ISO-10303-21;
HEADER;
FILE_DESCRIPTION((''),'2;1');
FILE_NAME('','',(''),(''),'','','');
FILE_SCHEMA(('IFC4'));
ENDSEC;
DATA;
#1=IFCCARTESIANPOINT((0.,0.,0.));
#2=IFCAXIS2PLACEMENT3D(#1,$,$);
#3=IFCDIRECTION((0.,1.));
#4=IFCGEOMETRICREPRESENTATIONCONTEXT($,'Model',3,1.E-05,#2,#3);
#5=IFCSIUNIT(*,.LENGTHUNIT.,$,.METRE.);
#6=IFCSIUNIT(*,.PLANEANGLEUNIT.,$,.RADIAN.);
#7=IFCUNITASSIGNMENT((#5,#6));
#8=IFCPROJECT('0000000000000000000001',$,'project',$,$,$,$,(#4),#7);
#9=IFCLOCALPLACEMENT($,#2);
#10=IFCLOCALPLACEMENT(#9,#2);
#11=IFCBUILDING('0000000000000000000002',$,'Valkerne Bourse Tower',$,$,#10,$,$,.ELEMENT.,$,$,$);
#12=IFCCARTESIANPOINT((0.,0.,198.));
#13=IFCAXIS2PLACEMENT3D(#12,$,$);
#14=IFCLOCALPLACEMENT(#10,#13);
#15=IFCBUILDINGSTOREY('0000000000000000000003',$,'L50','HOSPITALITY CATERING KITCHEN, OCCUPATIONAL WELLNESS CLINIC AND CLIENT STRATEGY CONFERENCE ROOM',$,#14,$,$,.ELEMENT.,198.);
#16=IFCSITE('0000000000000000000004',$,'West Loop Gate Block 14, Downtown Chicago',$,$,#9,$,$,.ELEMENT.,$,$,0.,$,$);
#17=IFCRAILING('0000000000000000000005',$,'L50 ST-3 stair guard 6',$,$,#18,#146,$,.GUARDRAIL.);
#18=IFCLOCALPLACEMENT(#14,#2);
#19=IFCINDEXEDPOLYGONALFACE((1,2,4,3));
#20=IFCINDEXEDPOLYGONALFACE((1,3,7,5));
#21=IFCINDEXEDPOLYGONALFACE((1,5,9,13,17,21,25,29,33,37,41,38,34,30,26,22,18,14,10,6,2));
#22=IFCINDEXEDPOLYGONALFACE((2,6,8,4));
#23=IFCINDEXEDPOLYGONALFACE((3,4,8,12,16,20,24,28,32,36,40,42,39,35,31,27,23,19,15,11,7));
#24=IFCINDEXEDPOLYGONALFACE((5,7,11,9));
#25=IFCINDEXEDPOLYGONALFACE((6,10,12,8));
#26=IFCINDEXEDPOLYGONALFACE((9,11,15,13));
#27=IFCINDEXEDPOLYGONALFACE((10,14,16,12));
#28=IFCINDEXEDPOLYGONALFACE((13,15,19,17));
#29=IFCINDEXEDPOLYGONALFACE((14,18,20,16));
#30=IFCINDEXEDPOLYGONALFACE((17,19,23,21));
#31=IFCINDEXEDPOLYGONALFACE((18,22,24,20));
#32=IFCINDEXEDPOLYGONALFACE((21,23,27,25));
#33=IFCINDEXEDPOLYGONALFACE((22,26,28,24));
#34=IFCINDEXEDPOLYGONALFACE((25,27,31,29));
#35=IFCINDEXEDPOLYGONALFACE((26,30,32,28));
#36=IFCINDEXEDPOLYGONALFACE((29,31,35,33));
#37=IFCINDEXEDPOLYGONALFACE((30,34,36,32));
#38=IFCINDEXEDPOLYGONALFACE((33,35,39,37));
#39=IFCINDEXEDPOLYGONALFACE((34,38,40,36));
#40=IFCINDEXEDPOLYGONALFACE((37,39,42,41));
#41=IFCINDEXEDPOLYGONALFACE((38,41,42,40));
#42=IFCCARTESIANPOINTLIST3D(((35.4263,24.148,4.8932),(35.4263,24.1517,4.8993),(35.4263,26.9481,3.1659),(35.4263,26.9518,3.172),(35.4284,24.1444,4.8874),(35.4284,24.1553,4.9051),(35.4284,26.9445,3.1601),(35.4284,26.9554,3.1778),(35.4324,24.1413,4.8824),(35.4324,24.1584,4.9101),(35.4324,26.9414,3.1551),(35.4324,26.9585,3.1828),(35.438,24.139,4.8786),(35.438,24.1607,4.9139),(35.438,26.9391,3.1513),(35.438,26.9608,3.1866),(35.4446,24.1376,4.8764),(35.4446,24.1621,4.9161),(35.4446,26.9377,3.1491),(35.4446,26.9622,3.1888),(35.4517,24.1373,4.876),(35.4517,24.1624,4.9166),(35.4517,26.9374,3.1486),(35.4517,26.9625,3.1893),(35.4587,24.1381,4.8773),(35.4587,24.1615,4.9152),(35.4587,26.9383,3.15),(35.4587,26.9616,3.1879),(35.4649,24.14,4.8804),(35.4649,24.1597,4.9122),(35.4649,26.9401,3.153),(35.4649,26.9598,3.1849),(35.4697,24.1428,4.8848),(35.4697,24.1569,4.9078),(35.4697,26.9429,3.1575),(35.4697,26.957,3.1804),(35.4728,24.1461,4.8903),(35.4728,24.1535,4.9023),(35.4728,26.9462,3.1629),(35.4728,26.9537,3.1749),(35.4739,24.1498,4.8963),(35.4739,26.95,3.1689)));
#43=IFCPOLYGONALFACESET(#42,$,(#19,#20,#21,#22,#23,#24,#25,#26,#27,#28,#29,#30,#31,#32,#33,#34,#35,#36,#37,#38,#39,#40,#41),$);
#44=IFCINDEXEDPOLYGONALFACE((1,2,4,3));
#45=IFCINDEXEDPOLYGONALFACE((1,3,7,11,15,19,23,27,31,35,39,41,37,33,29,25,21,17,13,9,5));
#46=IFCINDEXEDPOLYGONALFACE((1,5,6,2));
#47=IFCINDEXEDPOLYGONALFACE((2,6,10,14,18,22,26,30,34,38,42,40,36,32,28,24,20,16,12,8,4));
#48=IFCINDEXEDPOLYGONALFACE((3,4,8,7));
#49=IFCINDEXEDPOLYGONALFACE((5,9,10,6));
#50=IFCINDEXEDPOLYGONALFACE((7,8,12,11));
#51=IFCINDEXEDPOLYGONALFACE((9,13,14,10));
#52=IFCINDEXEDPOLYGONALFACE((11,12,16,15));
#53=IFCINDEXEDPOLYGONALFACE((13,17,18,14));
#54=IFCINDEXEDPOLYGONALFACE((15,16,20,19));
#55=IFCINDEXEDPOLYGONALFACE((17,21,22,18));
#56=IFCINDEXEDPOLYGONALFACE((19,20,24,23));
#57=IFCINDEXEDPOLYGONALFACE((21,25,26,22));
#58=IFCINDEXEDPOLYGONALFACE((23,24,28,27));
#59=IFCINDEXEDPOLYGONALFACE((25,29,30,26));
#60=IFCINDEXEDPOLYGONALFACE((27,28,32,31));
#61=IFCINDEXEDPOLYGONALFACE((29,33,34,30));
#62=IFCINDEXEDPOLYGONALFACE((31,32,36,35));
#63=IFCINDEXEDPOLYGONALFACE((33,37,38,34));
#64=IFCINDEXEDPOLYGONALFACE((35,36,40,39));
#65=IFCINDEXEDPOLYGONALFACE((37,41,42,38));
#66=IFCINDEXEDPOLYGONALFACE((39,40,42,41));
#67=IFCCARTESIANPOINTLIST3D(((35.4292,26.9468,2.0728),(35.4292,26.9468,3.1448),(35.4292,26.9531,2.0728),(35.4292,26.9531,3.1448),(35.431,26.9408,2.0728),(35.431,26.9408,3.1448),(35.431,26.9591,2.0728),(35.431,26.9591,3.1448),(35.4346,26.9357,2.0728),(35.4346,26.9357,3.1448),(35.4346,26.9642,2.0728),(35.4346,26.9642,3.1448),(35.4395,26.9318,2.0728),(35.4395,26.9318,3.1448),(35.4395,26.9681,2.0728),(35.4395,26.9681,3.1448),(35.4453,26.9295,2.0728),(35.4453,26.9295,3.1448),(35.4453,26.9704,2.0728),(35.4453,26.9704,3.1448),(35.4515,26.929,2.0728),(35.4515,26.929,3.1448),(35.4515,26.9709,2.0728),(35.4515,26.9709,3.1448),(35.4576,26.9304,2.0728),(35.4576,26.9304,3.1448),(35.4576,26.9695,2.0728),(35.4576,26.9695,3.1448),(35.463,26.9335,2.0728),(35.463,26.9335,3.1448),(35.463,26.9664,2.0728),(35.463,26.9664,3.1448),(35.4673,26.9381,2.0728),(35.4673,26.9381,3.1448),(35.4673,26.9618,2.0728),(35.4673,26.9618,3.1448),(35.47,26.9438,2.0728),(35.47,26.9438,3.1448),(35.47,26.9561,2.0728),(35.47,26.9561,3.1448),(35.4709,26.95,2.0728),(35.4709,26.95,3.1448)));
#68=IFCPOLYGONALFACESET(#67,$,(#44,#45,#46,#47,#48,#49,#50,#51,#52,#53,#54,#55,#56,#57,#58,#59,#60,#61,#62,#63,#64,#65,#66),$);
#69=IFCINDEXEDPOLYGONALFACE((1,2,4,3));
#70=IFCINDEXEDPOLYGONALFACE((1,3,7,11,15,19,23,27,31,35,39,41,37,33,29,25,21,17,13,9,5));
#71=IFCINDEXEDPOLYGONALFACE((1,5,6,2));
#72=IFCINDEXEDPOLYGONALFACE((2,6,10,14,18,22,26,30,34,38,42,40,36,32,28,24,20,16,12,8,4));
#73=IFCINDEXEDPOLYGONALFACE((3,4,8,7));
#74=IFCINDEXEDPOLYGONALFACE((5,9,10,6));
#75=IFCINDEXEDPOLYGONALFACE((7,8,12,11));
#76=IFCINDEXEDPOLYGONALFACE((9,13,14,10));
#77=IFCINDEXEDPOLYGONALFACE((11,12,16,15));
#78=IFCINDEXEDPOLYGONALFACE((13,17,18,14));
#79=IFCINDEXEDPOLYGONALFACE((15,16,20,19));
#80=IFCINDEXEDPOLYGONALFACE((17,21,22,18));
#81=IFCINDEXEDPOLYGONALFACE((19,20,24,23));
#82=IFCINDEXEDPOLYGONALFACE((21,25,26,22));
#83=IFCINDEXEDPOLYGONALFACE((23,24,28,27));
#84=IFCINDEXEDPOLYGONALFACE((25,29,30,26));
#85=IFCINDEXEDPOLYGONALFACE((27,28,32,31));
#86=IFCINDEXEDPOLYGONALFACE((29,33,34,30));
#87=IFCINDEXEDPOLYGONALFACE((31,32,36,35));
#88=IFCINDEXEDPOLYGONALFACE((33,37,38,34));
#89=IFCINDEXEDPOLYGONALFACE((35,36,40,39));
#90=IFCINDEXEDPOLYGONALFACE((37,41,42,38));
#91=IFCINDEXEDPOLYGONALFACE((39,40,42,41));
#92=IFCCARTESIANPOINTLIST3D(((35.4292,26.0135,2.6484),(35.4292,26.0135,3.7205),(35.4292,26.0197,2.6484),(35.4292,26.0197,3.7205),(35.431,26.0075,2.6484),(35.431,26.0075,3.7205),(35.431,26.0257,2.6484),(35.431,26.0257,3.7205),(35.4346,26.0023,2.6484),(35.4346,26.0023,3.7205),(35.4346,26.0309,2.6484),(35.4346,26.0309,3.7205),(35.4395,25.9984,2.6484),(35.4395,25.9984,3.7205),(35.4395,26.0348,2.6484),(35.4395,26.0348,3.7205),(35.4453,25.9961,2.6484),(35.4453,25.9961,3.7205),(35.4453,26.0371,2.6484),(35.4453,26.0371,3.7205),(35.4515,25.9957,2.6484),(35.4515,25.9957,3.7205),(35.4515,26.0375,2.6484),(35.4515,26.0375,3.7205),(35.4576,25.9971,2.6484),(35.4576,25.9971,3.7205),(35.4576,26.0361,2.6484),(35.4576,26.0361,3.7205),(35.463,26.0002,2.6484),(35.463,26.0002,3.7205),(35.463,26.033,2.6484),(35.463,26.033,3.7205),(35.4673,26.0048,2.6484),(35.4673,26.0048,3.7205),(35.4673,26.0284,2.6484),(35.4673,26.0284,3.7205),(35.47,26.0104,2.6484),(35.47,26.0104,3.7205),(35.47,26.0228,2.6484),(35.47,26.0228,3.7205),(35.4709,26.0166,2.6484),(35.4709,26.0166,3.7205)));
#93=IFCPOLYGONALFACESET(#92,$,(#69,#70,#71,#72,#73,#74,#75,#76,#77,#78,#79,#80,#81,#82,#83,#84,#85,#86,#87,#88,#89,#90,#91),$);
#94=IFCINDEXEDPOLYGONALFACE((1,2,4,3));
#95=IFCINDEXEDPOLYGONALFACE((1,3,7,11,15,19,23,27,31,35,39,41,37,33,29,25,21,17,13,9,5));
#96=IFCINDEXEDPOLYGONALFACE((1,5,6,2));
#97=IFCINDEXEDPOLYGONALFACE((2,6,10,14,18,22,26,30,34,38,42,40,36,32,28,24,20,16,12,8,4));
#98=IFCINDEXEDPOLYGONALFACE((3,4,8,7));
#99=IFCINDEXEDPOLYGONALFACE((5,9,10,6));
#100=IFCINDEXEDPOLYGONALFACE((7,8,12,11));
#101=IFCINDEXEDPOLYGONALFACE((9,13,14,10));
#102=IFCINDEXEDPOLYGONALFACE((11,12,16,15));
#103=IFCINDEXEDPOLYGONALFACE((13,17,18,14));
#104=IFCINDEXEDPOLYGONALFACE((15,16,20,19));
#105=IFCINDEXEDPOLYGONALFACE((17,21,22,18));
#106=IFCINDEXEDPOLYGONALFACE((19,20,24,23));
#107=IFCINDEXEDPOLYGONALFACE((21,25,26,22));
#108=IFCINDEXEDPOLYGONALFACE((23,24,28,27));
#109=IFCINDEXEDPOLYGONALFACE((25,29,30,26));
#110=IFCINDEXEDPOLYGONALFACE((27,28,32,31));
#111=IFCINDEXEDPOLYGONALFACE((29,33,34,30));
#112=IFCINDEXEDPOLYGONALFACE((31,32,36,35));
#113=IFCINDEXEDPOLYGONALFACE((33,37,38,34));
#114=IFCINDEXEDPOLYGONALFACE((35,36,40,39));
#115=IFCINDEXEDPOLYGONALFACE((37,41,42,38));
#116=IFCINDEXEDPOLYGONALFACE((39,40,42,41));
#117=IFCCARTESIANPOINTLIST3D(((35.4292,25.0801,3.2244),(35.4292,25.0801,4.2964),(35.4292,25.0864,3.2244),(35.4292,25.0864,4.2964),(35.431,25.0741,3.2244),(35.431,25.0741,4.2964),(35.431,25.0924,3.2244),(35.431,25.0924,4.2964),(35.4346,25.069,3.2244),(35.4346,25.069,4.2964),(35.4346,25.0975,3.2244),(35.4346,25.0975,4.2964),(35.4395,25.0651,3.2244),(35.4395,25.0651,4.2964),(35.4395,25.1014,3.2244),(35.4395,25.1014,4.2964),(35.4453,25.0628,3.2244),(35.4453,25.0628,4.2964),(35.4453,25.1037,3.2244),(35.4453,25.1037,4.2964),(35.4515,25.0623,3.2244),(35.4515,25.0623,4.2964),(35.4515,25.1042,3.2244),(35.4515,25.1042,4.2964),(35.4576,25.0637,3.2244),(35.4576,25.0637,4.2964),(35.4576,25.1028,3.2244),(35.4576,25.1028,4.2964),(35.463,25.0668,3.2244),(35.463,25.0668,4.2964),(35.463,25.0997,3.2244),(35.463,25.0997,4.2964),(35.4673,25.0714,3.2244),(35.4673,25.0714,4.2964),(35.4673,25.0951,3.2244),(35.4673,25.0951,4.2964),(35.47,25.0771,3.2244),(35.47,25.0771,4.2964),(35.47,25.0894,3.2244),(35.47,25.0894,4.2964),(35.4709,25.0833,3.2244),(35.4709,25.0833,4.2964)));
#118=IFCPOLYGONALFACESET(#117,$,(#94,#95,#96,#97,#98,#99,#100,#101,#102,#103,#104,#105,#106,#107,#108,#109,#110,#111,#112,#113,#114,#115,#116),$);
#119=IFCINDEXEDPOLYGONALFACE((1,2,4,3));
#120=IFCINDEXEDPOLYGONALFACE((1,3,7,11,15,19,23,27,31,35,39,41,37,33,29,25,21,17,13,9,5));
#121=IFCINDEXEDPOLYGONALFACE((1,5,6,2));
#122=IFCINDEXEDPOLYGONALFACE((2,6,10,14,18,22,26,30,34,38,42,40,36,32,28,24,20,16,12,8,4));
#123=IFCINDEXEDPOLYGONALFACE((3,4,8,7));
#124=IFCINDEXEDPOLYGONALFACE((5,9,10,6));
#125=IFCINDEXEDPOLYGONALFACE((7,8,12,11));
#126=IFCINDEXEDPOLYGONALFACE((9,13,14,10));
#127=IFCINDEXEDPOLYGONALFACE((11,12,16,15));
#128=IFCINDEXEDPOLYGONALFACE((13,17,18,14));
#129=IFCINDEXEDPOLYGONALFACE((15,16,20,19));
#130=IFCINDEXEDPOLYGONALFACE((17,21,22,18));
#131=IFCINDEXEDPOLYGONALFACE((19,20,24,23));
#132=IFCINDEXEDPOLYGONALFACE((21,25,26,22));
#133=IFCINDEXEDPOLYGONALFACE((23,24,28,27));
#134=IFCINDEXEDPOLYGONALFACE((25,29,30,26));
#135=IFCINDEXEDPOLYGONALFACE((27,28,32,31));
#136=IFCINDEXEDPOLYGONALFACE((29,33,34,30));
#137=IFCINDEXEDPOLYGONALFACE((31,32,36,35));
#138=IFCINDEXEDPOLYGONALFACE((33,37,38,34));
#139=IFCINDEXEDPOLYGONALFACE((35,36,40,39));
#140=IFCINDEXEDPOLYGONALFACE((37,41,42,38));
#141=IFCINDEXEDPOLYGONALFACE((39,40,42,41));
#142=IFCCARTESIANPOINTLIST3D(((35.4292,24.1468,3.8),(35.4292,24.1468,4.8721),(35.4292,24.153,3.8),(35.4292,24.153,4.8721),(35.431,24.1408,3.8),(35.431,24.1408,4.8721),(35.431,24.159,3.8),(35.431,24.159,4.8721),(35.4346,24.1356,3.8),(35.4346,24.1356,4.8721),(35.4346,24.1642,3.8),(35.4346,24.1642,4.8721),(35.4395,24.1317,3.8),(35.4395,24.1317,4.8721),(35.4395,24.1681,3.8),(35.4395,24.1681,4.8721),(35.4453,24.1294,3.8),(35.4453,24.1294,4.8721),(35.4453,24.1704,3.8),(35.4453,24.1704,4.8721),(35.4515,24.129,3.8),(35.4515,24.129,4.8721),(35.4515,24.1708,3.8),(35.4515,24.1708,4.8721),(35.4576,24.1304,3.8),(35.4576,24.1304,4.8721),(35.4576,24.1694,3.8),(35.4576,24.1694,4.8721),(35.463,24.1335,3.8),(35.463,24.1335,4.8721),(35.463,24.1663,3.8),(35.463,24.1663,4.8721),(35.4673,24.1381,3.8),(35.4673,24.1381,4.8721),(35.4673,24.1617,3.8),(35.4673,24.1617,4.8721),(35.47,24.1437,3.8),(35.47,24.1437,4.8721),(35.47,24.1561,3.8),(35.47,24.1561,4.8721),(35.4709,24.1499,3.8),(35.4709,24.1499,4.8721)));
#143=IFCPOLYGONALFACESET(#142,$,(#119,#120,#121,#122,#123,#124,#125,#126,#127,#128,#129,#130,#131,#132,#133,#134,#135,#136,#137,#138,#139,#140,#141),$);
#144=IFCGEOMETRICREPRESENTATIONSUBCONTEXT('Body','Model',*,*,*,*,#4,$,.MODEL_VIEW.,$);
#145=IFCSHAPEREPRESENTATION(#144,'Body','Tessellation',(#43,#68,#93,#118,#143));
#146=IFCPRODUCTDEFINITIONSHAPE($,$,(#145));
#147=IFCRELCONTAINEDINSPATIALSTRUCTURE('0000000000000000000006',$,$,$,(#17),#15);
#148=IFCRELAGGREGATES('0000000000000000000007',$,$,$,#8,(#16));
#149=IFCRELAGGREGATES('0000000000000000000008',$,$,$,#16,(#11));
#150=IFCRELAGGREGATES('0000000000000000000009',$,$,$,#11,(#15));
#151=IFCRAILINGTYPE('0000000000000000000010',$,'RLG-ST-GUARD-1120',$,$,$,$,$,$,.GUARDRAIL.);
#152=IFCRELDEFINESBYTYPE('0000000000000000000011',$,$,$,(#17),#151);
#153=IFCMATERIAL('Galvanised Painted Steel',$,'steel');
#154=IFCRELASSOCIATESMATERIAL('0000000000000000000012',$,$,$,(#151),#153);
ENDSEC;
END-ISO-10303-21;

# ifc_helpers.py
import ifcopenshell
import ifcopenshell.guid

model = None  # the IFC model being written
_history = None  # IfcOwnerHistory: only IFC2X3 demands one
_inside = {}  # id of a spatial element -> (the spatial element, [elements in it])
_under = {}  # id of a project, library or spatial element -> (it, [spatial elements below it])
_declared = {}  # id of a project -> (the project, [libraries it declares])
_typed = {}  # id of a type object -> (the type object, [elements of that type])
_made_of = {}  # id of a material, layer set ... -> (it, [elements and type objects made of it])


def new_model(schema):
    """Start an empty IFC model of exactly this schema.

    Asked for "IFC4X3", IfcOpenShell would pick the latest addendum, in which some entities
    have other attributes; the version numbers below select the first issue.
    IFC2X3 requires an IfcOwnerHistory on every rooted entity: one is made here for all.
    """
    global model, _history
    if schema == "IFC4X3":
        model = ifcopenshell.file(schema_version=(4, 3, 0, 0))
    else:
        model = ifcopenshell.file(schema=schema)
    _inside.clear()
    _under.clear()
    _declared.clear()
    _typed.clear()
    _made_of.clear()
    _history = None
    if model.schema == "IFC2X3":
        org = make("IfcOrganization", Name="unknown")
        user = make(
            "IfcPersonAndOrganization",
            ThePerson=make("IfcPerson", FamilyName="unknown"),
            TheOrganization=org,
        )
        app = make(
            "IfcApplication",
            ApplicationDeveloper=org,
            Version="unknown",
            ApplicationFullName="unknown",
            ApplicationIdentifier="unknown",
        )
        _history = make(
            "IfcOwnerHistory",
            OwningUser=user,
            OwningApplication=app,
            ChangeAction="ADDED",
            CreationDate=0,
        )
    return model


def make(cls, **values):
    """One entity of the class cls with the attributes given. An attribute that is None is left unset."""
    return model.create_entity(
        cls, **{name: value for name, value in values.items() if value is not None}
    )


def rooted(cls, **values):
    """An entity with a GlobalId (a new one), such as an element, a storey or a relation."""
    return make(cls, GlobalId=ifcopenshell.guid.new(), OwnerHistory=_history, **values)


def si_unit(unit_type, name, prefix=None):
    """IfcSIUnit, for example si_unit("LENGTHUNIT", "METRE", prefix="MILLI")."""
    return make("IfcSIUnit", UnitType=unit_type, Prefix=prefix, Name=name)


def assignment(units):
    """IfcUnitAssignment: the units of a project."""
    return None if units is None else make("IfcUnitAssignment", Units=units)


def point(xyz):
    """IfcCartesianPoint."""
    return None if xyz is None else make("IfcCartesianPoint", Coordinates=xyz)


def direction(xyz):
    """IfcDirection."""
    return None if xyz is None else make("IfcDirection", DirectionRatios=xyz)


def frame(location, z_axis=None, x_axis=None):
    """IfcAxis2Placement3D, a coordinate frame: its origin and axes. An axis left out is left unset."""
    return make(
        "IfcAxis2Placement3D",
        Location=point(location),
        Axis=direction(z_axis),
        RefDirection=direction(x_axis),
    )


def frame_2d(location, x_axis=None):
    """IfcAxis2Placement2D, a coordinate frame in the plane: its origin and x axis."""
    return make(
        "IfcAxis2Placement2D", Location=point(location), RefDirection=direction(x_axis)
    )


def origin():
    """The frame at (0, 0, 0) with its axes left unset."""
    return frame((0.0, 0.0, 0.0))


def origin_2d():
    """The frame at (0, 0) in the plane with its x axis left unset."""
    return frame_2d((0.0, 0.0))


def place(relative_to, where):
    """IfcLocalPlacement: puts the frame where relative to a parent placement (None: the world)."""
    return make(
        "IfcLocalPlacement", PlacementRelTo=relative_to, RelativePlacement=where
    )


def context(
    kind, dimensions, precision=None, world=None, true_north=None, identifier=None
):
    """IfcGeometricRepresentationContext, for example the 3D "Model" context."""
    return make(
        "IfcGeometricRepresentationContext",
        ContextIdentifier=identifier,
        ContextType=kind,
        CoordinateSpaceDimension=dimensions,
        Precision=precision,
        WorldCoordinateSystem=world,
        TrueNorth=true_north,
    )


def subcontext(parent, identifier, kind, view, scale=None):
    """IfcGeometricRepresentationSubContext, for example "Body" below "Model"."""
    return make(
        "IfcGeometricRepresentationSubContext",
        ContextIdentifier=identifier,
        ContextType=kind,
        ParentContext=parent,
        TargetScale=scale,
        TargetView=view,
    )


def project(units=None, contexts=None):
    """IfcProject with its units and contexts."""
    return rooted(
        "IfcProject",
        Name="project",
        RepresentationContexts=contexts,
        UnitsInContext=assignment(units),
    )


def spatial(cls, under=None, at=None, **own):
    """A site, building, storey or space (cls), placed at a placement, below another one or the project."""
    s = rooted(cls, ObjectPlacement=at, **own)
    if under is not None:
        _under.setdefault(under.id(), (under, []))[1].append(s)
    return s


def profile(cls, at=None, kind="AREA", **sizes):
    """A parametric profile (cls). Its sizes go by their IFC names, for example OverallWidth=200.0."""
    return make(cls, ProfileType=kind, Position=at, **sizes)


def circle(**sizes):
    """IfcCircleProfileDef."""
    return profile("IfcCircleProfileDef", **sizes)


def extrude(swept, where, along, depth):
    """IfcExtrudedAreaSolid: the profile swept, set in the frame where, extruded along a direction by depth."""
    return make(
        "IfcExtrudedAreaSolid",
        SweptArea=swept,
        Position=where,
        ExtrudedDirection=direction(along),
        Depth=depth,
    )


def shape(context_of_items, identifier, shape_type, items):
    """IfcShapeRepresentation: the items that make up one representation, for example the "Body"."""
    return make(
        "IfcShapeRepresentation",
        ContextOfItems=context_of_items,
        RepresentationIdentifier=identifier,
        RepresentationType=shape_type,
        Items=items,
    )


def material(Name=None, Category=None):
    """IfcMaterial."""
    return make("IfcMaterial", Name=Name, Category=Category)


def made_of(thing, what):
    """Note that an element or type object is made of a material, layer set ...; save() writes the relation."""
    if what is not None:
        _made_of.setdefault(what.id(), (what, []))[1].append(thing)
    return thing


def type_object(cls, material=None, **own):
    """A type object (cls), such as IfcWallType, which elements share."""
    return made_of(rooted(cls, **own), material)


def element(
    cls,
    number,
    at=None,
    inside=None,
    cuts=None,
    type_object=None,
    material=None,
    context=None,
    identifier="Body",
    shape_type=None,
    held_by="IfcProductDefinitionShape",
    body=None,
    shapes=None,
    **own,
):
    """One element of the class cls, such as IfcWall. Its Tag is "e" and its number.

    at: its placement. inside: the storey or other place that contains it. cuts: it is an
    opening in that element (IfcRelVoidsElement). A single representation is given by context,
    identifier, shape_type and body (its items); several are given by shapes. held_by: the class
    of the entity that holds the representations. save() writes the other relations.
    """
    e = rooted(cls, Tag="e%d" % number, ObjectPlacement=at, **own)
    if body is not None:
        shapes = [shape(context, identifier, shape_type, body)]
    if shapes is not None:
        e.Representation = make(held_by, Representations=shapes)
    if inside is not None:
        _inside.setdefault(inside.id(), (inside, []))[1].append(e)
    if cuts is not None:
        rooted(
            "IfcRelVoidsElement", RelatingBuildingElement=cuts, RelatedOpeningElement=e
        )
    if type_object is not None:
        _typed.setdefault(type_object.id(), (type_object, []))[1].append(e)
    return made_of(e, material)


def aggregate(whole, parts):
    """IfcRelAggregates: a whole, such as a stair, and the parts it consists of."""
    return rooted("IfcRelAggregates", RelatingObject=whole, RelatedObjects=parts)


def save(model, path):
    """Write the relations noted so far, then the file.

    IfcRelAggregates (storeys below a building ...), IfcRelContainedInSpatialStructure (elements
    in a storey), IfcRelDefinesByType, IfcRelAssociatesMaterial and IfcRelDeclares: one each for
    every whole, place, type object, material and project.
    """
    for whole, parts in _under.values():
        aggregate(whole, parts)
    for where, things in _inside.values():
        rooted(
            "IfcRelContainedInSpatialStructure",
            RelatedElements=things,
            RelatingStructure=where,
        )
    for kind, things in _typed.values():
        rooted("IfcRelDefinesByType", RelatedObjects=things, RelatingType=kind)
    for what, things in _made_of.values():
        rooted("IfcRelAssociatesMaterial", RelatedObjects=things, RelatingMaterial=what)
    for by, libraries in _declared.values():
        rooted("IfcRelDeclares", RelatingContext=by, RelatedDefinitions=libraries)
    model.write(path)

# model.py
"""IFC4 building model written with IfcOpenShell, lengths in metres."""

from ifc_helpers import new_model, si_unit, direction, frame, origin, origin_2d, place, context, subcontext, project, spatial, circle, extrude, material, type_object, element, save


model = new_model("IFC4")

# Units and contexts
model_context = context("Model", 3, precision=1e-05, world=origin(), true_north=direction((0.0, 1.0)))
body_context = subcontext(model_context, "Body", "Model", "MODEL_VIEW")
ifc_project = project(units=[si_unit("LENGTHUNIT", "METRE"), si_unit("PLANEANGLEUNIT", "RADIAN")], contexts=[model_context])

# Site, building, storey
site_placement = place(None, origin())
site = spatial("IfcSite", under=ifc_project, at=site_placement, Name="West Loop Gate Block 14, Downtown Chicago", CompositionType="ELEMENT", RefElevation=0.0)
building_placement = place(site_placement, origin())
building = spatial("IfcBuilding", under=site, at=building_placement, Name="Valkerne Bourse Tower", CompositionType="ELEMENT")
storey_placement = place(building_placement, frame((0.0, 0.0, 198.0)))
storey = spatial("IfcBuildingStorey", under=building, at=storey_placement, Name="L50", Description="HOSPITALITY CATERING KITCHEN, OCCUPATIONAL WELLNESS CLINIC AND CLIENT STRATEGY CONFERENCE ROOM", CompositionType="ELEMENT", Elevation=198.0)

# Railing
ifc_material_1 = material(Name="Galvanised Painted Steel", Category="steel")
railing_type_1 = type_object("IfcRailingType", Name="RLG-ST-GUARD-1120", PredefinedType="GUARDRAIL", material=ifc_material_1)
railing_1_placement = place(storey_placement, frame((35.45, 26.95, 2.0728)))
element("IfcRailing", 1, at=railing_1_placement, inside=storey, type_object=railing_type_1, Name="L50 ST-3 stair guard 6", PredefinedType="GUARDRAIL", context=body_context, shape_type="SweptSolid", body=[
    extrude(circle(Radius=0.0239, at=origin_2d()), frame((0.0, 0.0, 1.0962), z_axis=(0.0, -0.85109, 0.52502), x_axis=(1.0, 0.0, 0.0)), (0.0, 0.0, 1.0), 3.29),
    extrude(circle(Radius=0.021, at=origin_2d()), origin(), (0.0, 0.0, 1.0), 1.072),
    extrude(circle(Radius=0.021, at=origin_2d()), frame((0.0, -0.9333, 0.5757)), (0.0, 0.0, 1.0), 1.072),
    extrude(circle(Radius=0.021, at=origin_2d()), frame((0.0, -1.8667, 1.1516)), (0.0, 0.0, 1.0), 1.072),
    extrude(circle(Radius=0.021, at=origin_2d()), frame((0.0, -2.8, 1.7273)), (0.0, 0.0, 1.0), 1.072),
])

save(model, "model.ifc")
